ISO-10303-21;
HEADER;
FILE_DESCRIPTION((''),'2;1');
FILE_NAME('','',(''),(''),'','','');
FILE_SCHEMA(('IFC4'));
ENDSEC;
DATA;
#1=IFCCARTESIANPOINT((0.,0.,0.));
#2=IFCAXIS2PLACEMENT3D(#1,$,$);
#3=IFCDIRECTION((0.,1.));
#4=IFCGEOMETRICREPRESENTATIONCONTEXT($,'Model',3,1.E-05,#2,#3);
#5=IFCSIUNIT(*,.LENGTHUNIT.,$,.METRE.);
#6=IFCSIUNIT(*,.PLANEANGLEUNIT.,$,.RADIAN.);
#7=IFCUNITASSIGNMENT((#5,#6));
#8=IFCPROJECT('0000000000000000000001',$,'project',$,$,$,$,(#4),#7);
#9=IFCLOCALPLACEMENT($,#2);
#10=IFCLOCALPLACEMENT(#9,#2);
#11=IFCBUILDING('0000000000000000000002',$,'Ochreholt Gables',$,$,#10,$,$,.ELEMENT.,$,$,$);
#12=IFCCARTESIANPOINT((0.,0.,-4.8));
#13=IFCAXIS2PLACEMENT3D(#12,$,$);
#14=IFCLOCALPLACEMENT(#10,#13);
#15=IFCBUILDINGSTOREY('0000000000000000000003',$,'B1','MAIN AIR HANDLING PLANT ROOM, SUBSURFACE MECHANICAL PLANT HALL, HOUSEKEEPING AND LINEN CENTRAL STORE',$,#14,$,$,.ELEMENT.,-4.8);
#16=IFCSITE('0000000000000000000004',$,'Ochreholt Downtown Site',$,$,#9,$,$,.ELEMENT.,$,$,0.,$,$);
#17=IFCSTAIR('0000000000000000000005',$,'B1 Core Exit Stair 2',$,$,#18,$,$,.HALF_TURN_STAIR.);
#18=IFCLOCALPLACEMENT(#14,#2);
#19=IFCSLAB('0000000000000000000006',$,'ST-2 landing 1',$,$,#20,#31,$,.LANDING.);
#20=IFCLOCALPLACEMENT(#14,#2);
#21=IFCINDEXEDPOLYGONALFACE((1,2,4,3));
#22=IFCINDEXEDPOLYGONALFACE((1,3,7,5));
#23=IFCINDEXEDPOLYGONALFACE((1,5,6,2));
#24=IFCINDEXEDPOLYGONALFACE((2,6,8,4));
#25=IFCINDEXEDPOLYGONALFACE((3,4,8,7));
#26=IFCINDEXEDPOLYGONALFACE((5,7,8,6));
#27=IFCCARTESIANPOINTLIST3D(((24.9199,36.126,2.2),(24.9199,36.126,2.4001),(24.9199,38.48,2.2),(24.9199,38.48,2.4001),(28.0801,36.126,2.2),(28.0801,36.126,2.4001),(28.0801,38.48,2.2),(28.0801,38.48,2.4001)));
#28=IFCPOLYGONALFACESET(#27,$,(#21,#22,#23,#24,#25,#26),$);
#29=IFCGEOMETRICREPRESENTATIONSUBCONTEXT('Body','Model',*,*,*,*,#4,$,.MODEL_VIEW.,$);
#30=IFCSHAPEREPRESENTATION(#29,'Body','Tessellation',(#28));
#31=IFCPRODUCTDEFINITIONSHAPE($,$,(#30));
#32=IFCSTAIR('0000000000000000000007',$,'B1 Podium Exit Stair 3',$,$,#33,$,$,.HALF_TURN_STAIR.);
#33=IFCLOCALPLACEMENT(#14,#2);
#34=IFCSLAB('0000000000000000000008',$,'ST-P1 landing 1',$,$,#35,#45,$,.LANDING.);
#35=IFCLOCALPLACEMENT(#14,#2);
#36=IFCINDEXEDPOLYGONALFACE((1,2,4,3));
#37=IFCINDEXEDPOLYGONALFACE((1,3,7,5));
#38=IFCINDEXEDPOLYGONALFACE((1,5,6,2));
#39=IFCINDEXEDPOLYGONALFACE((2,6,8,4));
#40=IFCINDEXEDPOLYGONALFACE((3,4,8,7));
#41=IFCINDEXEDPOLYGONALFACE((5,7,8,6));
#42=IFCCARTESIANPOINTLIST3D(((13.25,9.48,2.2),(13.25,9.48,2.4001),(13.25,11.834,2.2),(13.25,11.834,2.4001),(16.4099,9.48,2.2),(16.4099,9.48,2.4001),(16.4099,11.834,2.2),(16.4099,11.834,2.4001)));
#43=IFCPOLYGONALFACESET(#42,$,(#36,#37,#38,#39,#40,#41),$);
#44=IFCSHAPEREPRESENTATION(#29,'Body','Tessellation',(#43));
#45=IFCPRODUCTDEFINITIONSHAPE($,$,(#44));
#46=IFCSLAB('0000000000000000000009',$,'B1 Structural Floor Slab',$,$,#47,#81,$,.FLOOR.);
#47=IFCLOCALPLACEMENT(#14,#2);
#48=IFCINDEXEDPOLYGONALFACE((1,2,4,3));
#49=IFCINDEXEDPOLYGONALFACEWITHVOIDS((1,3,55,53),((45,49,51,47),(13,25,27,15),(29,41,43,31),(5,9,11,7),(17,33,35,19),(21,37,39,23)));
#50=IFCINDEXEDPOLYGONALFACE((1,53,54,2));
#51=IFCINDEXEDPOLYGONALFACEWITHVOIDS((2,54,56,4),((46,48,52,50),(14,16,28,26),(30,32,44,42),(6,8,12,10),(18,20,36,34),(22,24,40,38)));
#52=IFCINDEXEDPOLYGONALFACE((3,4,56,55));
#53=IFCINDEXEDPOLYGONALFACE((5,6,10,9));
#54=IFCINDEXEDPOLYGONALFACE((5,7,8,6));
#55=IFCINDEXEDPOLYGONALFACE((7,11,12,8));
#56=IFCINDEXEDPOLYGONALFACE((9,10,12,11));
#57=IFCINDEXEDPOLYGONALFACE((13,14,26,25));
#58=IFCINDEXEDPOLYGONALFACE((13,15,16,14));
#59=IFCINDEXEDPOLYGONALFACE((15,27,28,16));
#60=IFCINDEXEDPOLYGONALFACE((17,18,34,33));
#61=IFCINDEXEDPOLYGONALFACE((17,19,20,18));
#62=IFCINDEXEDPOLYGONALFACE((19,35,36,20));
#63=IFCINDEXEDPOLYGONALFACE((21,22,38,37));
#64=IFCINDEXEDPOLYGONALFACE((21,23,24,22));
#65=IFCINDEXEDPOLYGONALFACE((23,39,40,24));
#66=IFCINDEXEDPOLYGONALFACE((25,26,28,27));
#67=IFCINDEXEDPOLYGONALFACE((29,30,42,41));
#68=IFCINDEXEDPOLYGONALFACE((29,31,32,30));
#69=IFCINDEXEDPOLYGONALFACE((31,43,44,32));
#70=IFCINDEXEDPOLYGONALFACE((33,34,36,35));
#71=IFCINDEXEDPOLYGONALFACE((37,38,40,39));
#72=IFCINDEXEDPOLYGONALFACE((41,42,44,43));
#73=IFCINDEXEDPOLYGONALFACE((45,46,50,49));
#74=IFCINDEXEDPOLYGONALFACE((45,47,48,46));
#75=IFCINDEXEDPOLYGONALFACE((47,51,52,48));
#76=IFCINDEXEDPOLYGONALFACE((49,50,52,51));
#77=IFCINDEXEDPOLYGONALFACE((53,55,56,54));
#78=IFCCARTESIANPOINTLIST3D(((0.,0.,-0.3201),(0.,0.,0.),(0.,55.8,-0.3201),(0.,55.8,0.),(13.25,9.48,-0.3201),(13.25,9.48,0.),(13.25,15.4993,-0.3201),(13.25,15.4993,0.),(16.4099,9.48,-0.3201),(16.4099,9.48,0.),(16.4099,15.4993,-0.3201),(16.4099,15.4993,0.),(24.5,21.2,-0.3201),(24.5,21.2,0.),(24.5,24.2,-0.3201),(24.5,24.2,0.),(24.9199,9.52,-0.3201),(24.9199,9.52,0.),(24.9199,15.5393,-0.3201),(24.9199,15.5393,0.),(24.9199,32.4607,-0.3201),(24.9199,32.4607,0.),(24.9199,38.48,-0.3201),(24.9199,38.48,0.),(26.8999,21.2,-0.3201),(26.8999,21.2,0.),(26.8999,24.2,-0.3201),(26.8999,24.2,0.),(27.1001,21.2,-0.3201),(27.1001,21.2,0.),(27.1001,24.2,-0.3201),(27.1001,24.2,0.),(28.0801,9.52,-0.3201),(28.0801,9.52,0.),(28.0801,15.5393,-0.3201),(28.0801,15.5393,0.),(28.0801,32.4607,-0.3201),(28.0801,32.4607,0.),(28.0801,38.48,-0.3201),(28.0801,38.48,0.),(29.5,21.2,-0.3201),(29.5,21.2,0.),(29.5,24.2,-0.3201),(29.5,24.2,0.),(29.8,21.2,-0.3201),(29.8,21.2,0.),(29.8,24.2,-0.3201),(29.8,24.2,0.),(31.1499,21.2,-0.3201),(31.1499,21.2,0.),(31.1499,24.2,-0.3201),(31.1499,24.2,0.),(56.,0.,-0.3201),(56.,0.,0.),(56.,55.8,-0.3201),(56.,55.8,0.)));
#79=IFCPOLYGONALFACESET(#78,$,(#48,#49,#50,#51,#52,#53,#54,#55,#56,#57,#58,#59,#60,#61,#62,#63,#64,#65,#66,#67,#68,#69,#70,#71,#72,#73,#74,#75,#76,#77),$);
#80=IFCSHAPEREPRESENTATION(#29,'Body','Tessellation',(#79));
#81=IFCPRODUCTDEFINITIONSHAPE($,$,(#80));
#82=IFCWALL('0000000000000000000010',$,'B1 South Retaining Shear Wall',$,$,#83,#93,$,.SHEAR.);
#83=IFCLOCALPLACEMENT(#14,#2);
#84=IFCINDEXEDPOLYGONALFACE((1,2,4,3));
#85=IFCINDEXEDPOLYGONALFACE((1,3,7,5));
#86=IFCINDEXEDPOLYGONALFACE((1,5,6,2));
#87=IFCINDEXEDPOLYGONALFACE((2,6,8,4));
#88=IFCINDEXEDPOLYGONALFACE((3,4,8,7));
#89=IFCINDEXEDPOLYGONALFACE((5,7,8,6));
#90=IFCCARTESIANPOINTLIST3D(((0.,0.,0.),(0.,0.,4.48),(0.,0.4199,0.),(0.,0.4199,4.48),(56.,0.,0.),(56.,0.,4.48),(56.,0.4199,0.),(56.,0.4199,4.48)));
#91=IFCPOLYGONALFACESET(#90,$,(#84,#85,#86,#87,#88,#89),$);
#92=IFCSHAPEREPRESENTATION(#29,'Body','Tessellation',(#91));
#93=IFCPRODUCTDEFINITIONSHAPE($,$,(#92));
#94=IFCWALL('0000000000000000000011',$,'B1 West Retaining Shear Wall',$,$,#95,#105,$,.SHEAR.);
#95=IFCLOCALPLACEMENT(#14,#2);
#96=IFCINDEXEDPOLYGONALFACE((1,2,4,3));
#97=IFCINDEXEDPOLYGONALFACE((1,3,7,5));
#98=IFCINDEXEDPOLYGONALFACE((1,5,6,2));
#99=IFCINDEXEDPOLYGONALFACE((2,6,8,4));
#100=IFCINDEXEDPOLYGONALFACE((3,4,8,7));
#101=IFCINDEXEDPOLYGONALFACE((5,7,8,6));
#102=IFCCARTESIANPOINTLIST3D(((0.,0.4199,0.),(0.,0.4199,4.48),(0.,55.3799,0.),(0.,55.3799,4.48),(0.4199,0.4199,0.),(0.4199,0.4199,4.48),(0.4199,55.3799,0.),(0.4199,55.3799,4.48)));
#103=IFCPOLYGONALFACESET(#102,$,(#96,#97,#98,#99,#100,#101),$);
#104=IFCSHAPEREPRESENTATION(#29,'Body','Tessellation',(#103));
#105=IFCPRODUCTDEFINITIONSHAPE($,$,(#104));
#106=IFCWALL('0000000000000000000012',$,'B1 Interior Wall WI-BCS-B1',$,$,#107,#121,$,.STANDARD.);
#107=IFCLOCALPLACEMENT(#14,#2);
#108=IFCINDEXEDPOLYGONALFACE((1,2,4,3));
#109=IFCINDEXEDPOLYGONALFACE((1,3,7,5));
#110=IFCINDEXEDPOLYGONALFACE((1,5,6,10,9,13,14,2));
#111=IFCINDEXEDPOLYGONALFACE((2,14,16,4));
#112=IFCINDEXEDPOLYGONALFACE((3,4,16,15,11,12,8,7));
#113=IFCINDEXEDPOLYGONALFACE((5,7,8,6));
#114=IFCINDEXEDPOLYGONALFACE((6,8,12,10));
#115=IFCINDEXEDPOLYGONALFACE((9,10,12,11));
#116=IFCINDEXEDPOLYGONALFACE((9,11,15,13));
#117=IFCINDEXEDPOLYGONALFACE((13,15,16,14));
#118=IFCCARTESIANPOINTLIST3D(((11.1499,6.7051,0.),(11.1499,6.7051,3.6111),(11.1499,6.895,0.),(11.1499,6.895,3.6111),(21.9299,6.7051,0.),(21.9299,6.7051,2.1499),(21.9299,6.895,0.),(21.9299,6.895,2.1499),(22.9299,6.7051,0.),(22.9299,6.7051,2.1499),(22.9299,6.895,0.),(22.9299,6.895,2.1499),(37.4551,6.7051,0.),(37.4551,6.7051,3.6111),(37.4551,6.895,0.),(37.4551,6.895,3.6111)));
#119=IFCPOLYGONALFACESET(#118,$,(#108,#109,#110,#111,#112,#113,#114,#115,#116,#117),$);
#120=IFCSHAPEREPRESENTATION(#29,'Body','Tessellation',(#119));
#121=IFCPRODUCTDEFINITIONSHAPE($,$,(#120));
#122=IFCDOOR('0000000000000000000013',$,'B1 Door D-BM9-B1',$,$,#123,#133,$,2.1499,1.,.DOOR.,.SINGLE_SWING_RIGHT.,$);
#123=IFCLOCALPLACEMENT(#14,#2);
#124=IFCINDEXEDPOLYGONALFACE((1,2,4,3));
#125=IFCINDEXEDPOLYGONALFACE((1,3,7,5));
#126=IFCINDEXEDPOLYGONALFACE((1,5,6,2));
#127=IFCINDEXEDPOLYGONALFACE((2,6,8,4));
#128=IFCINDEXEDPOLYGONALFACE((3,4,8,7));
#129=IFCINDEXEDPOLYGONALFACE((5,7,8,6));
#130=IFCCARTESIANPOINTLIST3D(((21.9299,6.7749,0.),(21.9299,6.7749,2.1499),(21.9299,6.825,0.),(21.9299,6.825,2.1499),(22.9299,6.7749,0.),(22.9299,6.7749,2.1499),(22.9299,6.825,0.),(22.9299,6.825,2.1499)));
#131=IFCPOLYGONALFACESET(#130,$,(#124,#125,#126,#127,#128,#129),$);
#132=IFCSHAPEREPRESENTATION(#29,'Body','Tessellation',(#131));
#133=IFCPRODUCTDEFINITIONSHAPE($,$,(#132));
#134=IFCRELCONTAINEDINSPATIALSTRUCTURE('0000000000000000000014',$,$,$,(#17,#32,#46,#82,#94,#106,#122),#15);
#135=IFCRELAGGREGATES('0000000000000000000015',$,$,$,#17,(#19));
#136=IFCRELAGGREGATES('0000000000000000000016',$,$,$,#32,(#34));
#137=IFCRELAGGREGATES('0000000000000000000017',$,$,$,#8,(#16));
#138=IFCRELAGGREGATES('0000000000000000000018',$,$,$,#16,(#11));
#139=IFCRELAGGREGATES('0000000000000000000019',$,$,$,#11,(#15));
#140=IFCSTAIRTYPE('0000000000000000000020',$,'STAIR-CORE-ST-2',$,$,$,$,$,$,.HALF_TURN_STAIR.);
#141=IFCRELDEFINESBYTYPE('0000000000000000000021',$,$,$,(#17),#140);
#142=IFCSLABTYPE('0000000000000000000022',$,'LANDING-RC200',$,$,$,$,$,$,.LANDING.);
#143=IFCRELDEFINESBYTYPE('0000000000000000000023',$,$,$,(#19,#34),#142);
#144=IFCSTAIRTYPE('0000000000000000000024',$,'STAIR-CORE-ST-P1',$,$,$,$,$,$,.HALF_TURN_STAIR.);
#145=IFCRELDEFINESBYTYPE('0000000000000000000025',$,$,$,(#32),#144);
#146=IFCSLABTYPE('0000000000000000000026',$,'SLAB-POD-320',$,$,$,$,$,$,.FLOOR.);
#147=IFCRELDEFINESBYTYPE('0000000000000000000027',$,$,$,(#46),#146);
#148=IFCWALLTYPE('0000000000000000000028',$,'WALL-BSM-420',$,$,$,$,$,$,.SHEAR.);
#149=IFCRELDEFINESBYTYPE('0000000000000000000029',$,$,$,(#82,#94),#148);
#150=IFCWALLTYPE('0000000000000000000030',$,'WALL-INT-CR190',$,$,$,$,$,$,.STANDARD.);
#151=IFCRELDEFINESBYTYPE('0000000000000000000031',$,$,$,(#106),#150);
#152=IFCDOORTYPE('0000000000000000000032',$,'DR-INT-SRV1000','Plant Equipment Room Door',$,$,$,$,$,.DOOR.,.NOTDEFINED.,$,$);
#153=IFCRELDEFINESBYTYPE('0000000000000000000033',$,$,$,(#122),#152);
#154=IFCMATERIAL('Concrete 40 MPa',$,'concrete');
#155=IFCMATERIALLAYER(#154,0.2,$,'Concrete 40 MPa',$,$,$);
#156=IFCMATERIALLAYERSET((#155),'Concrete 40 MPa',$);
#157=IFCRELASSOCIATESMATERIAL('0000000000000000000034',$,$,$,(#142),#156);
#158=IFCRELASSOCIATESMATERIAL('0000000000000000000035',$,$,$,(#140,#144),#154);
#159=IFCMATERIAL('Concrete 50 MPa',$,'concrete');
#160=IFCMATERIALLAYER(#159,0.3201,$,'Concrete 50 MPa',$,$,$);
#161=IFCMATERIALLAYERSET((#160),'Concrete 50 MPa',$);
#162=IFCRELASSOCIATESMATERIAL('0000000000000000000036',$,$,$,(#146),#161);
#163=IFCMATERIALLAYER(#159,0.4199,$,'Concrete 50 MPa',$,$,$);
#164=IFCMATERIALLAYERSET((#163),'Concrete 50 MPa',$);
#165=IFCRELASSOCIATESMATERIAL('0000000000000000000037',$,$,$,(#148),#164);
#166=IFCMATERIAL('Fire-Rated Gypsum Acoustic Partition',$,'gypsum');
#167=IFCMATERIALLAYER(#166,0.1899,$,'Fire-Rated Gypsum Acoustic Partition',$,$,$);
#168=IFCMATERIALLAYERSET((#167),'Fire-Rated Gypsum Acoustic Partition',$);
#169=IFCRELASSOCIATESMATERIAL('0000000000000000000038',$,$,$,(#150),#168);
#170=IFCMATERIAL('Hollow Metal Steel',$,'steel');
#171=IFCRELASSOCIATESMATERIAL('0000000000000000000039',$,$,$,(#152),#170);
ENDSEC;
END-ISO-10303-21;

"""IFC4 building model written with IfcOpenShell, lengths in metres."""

from ifc_helpers import new_model, si_unit, direction, frame, frame_2d, origin, place, context, subcontext, project, spatial, polyline, rectangle, outline, extrude, material, layer, layer_set, type_object, element, fill, aggregate, save


model = new_model("IFC4")

# Units and contexts
model_context = context("Model", 3, precision=1e-05, world=origin(), true_north=direction((0.0, 1.0)))
body_context = subcontext(model_context, "Body", "Model", "MODEL_VIEW")
ifc_project = project(units=[si_unit("LENGTHUNIT", "METRE"), si_unit("PLANEANGLEUNIT", "RADIAN")], contexts=[model_context])

# Site, building, storey
site_placement = place(None, origin())
site = spatial("IfcSite", under=ifc_project, at=site_placement, Name="Ochreholt Downtown Site", CompositionType="ELEMENT", RefElevation=0.0)
building_placement = place(site_placement, origin())
building = spatial("IfcBuilding", under=site, at=building_placement, Name="Ochreholt Gables", CompositionType="ELEMENT")
storey_placement = place(building_placement, frame((0.0, 0.0, -4.8)))
storey = spatial("IfcBuildingStorey", under=building, at=storey_placement, Name="B1", Description="MAIN AIR HANDLING PLANT ROOM, SUBSURFACE MECHANICAL PLANT HALL, HOUSEKEEPING AND LINEN CENTRAL STORE", CompositionType="ELEMENT", Elevation=-4.8)

# Stairs, slabs
ifc_material_1 = material(Name="Concrete 40 MPa", Category="concrete")
ifc_layer_1 = layer(ifc_material_1, 0.2, Name="Concrete 40 MPa")
ifc_layer_set_1 = layer_set([ifc_layer_1], Name="Concrete 40 MPa")
slab_type_1 = type_object("IfcSlabType", Name="LANDING-RC200", PredefinedType="LANDING", material=ifc_layer_set_1)
stair_type_1 = type_object("IfcStairType", Name="STAIR-CORE-ST-2", PredefinedType="HALF_TURN_STAIR", material=ifc_material_1)
stair_1_placement = place(storey_placement, origin())
stair_1 = element("IfcStair", 1, at=stair_1_placement, inside=storey, type_object=stair_type_1, Name="B1 Core Exit Stair 2", PredefinedType="HALF_TURN_STAIR")
slab_1_placement = place(storey_placement, frame((0.0, 0.0, 2.2)))
slab_1 = element("IfcSlab", 2, at=slab_1_placement, type_object=slab_type_1, Name="ST-2 landing 1", PredefinedType="LANDING", context=body_context, shape_type="SweptSolid", body=[
    extrude(outline(polyline([(28.0801, 36.126), (28.0801, 38.48), (24.9199, 38.48), (24.9199, 36.126), (28.0801, 36.126)])), origin(), (0.0, 0.0, 1.0), 0.2002),
])
aggregate(stair_1, [slab_1])
stair_type_2 = type_object("IfcStairType", Name="STAIR-CORE-ST-P1", PredefinedType="HALF_TURN_STAIR", material=ifc_material_1)
stair_2_placement = place(storey_placement, origin())
stair_2 = element("IfcStair", 3, at=stair_2_placement, inside=storey, type_object=stair_type_2, Name="B1 Podium Exit Stair 3", PredefinedType="HALF_TURN_STAIR")
slab_2_placement = place(storey_placement, frame((0.0, 0.0, 2.2)))
slab_2 = element("IfcSlab", 4, at=slab_2_placement, type_object=slab_type_1, Name="ST-P1 landing 1", PredefinedType="LANDING", context=body_context, shape_type="SweptSolid", body=[
    extrude(outline(polyline([(13.25, 11.834), (13.25, 9.48), (16.4099, 9.48), (16.4099, 11.834), (13.25, 11.834)])), origin(), (0.0, 0.0, 1.0), 0.2002),
])
aggregate(stair_2, [slab_2])

# Slab
ifc_material_2 = material(Name="Concrete 50 MPa", Category="concrete")
ifc_layer_2 = layer(ifc_material_2, 0.3201, Name="Concrete 50 MPa")
ifc_layer_set_2 = layer_set([ifc_layer_2], Name="Concrete 50 MPa")
slab_type_2 = type_object("IfcSlabType", Name="SLAB-POD-320", PredefinedType="FLOOR", material=ifc_layer_set_2)
slab_3_placement = place(storey_placement, frame((0.0, 0.0, -0.3201)))
element("IfcSlab", 5, at=slab_3_placement, inside=storey, type_object=slab_type_2, Name="B1 Structural Floor Slab", PredefinedType="FLOOR", context=body_context, shape_type="SweptSolid", body=[
    extrude(outline(polyline([(0.0, 0.0), (56.0, 0.0), (56.0, 55.8), (0.0, 55.8), (0.0, 0.0)]), holes=[polyline([(24.9199, 15.5393), (24.9199, 9.52), (28.0801, 9.52), (28.0801, 15.5393), (24.9199, 15.5393)]), polyline([(28.0801, 32.4607), (28.0801, 38.48), (24.9199, 38.48), (24.9199, 32.4607), (28.0801, 32.4607)]), polyline([(13.25, 15.4993), (13.25, 9.48), (16.4099, 9.48), (16.4099, 15.4993), (13.25, 15.4993)]), polyline([(24.5, 21.2), (26.8999, 21.2), (26.8999, 24.2), (24.5, 24.2), (24.5, 21.2)]), polyline([(27.1001, 21.2), (29.5, 21.2), (29.5, 24.2), (27.1001, 24.2), (27.1001, 21.2)]), polyline([(29.8, 21.2), (31.1499, 21.2), (31.1499, 24.2), (29.8, 24.2), (29.8, 21.2)])]), origin(), (0.0, 0.0, 1.0), 0.3201),
])

# Walls
ifc_layer_3 = layer(ifc_material_2, 0.4199, Name="Concrete 50 MPa")
ifc_layer_set_3 = layer_set([ifc_layer_3], Name="Concrete 50 MPa")
wall_type_1 = type_object("IfcWallType", Name="WALL-BSM-420", PredefinedType="SHEAR", material=ifc_layer_set_3)
wall_1_placement = place(storey_placement, frame((0.0, 0.21, 0.0), z_axis=(0.0, 0.0, 1.0), x_axis=(1.0, 0.0, 0.0)))
element("IfcWall", 6, at=wall_1_placement, inside=storey, type_object=wall_type_1, Name="B1 South Retaining Shear Wall", PredefinedType="SHEAR", context=body_context, shape_type="SweptSolid", body=[
    extrude(rectangle(XDim=56.0, YDim=0.4199, at=frame_2d((28.0, 0.0))), origin(), (0.0, 0.0, 1.0), 4.48),
])
wall_2_placement = place(storey_placement, frame((0.21, 0.4199, 0.0), z_axis=(0.0, 0.0, 1.0), x_axis=(0.0, 1.0, 0.0)))
element("IfcWall", 7, at=wall_2_placement, inside=storey, type_object=wall_type_1, Name="B1 West Retaining Shear Wall", PredefinedType="SHEAR", context=body_context, shape_type="SweptSolid", body=[
    extrude(rectangle(XDim=54.96, YDim=0.4199, at=frame_2d((27.48, 0.0))), origin(), (0.0, 0.0, 1.0), 4.48),
])

# Wall, opening, door
ifc_material_3 = material(Name="Fire-Rated Gypsum Acoustic Partition", Category="gypsum")
ifc_layer_4 = layer(ifc_material_3, 0.1899, Name="Fire-Rated Gypsum Acoustic Partition")
ifc_layer_set_4 = layer_set([ifc_layer_4], Name="Fire-Rated Gypsum Acoustic Partition")
wall_type_2 = type_object("IfcWallType", Name="WALL-INT-CR190", PredefinedType="STANDARD", material=ifc_layer_set_4)
wall_3_placement = place(storey_placement, frame((11.1499, 6.8, 0.0), z_axis=(0.0, 0.0, 1.0), x_axis=(1.0, 0.0, 0.0)))
wall_3 = element("IfcWall", 8, at=wall_3_placement, inside=storey, type_object=wall_type_2, Name="B1 Interior Wall WI-BCS-B1", PredefinedType="STANDARD", context=body_context, shape_type="SweptSolid", body=[
    extrude(rectangle(XDim=26.3052, YDim=0.1899, at=frame_2d((13.1526, 0.0))), origin(), (0.0, 0.0, 1.0), 3.6111),
])
opening_1_placement = place(wall_3_placement, frame((10.78, 0.0, 0.0)))
opening_1 = element("IfcOpeningElement", 9, at=opening_1_placement, cuts=wall_3, PredefinedType="OPENING", context=body_context, shape_type="SweptSolid", body=[
    extrude(rectangle(XDim=1.0, YDim=2.1499, at=frame_2d((0.5, 1.075))), frame((0.0, 0.105, 0.0), z_axis=(0.0, -1.0, 0.0), x_axis=(1.0, 0.0, 0.0)), (0.0, 0.0, 1.0), 0.21),
])
ifc_material_4 = material(Name="Hollow Metal Steel", Category="steel")
door_type = type_object("IfcDoorType", Name="DR-INT-SRV1000", Description="Plant Equipment Room Door", OperationType="NOTDEFINED", PredefinedType="DOOR", material=ifc_material_4)
door_1_placement = place(opening_1_placement, origin())
door_1 = element("IfcDoor", 10, at=door_1_placement, inside=storey, type_object=door_type, Name="B1 Door D-BM9-B1", OperationType="SINGLE_SWING_RIGHT", OverallHeight=2.1499, OverallWidth=1.0, PredefinedType="DOOR", context=body_context, shape_type="SweptSolid", body=[
    extrude(rectangle(XDim=1.0, YDim=2.1499, at=frame_2d((0.5, 1.075))), frame((0.0, 0.0249, 0.0), z_axis=(0.0, -1.0, 0.0), x_axis=(1.0, 0.0, 0.0)), (0.0, 0.0, 1.0), 0.05),
])
fill(opening_1, door_1)

save(model, "model.ifc")
